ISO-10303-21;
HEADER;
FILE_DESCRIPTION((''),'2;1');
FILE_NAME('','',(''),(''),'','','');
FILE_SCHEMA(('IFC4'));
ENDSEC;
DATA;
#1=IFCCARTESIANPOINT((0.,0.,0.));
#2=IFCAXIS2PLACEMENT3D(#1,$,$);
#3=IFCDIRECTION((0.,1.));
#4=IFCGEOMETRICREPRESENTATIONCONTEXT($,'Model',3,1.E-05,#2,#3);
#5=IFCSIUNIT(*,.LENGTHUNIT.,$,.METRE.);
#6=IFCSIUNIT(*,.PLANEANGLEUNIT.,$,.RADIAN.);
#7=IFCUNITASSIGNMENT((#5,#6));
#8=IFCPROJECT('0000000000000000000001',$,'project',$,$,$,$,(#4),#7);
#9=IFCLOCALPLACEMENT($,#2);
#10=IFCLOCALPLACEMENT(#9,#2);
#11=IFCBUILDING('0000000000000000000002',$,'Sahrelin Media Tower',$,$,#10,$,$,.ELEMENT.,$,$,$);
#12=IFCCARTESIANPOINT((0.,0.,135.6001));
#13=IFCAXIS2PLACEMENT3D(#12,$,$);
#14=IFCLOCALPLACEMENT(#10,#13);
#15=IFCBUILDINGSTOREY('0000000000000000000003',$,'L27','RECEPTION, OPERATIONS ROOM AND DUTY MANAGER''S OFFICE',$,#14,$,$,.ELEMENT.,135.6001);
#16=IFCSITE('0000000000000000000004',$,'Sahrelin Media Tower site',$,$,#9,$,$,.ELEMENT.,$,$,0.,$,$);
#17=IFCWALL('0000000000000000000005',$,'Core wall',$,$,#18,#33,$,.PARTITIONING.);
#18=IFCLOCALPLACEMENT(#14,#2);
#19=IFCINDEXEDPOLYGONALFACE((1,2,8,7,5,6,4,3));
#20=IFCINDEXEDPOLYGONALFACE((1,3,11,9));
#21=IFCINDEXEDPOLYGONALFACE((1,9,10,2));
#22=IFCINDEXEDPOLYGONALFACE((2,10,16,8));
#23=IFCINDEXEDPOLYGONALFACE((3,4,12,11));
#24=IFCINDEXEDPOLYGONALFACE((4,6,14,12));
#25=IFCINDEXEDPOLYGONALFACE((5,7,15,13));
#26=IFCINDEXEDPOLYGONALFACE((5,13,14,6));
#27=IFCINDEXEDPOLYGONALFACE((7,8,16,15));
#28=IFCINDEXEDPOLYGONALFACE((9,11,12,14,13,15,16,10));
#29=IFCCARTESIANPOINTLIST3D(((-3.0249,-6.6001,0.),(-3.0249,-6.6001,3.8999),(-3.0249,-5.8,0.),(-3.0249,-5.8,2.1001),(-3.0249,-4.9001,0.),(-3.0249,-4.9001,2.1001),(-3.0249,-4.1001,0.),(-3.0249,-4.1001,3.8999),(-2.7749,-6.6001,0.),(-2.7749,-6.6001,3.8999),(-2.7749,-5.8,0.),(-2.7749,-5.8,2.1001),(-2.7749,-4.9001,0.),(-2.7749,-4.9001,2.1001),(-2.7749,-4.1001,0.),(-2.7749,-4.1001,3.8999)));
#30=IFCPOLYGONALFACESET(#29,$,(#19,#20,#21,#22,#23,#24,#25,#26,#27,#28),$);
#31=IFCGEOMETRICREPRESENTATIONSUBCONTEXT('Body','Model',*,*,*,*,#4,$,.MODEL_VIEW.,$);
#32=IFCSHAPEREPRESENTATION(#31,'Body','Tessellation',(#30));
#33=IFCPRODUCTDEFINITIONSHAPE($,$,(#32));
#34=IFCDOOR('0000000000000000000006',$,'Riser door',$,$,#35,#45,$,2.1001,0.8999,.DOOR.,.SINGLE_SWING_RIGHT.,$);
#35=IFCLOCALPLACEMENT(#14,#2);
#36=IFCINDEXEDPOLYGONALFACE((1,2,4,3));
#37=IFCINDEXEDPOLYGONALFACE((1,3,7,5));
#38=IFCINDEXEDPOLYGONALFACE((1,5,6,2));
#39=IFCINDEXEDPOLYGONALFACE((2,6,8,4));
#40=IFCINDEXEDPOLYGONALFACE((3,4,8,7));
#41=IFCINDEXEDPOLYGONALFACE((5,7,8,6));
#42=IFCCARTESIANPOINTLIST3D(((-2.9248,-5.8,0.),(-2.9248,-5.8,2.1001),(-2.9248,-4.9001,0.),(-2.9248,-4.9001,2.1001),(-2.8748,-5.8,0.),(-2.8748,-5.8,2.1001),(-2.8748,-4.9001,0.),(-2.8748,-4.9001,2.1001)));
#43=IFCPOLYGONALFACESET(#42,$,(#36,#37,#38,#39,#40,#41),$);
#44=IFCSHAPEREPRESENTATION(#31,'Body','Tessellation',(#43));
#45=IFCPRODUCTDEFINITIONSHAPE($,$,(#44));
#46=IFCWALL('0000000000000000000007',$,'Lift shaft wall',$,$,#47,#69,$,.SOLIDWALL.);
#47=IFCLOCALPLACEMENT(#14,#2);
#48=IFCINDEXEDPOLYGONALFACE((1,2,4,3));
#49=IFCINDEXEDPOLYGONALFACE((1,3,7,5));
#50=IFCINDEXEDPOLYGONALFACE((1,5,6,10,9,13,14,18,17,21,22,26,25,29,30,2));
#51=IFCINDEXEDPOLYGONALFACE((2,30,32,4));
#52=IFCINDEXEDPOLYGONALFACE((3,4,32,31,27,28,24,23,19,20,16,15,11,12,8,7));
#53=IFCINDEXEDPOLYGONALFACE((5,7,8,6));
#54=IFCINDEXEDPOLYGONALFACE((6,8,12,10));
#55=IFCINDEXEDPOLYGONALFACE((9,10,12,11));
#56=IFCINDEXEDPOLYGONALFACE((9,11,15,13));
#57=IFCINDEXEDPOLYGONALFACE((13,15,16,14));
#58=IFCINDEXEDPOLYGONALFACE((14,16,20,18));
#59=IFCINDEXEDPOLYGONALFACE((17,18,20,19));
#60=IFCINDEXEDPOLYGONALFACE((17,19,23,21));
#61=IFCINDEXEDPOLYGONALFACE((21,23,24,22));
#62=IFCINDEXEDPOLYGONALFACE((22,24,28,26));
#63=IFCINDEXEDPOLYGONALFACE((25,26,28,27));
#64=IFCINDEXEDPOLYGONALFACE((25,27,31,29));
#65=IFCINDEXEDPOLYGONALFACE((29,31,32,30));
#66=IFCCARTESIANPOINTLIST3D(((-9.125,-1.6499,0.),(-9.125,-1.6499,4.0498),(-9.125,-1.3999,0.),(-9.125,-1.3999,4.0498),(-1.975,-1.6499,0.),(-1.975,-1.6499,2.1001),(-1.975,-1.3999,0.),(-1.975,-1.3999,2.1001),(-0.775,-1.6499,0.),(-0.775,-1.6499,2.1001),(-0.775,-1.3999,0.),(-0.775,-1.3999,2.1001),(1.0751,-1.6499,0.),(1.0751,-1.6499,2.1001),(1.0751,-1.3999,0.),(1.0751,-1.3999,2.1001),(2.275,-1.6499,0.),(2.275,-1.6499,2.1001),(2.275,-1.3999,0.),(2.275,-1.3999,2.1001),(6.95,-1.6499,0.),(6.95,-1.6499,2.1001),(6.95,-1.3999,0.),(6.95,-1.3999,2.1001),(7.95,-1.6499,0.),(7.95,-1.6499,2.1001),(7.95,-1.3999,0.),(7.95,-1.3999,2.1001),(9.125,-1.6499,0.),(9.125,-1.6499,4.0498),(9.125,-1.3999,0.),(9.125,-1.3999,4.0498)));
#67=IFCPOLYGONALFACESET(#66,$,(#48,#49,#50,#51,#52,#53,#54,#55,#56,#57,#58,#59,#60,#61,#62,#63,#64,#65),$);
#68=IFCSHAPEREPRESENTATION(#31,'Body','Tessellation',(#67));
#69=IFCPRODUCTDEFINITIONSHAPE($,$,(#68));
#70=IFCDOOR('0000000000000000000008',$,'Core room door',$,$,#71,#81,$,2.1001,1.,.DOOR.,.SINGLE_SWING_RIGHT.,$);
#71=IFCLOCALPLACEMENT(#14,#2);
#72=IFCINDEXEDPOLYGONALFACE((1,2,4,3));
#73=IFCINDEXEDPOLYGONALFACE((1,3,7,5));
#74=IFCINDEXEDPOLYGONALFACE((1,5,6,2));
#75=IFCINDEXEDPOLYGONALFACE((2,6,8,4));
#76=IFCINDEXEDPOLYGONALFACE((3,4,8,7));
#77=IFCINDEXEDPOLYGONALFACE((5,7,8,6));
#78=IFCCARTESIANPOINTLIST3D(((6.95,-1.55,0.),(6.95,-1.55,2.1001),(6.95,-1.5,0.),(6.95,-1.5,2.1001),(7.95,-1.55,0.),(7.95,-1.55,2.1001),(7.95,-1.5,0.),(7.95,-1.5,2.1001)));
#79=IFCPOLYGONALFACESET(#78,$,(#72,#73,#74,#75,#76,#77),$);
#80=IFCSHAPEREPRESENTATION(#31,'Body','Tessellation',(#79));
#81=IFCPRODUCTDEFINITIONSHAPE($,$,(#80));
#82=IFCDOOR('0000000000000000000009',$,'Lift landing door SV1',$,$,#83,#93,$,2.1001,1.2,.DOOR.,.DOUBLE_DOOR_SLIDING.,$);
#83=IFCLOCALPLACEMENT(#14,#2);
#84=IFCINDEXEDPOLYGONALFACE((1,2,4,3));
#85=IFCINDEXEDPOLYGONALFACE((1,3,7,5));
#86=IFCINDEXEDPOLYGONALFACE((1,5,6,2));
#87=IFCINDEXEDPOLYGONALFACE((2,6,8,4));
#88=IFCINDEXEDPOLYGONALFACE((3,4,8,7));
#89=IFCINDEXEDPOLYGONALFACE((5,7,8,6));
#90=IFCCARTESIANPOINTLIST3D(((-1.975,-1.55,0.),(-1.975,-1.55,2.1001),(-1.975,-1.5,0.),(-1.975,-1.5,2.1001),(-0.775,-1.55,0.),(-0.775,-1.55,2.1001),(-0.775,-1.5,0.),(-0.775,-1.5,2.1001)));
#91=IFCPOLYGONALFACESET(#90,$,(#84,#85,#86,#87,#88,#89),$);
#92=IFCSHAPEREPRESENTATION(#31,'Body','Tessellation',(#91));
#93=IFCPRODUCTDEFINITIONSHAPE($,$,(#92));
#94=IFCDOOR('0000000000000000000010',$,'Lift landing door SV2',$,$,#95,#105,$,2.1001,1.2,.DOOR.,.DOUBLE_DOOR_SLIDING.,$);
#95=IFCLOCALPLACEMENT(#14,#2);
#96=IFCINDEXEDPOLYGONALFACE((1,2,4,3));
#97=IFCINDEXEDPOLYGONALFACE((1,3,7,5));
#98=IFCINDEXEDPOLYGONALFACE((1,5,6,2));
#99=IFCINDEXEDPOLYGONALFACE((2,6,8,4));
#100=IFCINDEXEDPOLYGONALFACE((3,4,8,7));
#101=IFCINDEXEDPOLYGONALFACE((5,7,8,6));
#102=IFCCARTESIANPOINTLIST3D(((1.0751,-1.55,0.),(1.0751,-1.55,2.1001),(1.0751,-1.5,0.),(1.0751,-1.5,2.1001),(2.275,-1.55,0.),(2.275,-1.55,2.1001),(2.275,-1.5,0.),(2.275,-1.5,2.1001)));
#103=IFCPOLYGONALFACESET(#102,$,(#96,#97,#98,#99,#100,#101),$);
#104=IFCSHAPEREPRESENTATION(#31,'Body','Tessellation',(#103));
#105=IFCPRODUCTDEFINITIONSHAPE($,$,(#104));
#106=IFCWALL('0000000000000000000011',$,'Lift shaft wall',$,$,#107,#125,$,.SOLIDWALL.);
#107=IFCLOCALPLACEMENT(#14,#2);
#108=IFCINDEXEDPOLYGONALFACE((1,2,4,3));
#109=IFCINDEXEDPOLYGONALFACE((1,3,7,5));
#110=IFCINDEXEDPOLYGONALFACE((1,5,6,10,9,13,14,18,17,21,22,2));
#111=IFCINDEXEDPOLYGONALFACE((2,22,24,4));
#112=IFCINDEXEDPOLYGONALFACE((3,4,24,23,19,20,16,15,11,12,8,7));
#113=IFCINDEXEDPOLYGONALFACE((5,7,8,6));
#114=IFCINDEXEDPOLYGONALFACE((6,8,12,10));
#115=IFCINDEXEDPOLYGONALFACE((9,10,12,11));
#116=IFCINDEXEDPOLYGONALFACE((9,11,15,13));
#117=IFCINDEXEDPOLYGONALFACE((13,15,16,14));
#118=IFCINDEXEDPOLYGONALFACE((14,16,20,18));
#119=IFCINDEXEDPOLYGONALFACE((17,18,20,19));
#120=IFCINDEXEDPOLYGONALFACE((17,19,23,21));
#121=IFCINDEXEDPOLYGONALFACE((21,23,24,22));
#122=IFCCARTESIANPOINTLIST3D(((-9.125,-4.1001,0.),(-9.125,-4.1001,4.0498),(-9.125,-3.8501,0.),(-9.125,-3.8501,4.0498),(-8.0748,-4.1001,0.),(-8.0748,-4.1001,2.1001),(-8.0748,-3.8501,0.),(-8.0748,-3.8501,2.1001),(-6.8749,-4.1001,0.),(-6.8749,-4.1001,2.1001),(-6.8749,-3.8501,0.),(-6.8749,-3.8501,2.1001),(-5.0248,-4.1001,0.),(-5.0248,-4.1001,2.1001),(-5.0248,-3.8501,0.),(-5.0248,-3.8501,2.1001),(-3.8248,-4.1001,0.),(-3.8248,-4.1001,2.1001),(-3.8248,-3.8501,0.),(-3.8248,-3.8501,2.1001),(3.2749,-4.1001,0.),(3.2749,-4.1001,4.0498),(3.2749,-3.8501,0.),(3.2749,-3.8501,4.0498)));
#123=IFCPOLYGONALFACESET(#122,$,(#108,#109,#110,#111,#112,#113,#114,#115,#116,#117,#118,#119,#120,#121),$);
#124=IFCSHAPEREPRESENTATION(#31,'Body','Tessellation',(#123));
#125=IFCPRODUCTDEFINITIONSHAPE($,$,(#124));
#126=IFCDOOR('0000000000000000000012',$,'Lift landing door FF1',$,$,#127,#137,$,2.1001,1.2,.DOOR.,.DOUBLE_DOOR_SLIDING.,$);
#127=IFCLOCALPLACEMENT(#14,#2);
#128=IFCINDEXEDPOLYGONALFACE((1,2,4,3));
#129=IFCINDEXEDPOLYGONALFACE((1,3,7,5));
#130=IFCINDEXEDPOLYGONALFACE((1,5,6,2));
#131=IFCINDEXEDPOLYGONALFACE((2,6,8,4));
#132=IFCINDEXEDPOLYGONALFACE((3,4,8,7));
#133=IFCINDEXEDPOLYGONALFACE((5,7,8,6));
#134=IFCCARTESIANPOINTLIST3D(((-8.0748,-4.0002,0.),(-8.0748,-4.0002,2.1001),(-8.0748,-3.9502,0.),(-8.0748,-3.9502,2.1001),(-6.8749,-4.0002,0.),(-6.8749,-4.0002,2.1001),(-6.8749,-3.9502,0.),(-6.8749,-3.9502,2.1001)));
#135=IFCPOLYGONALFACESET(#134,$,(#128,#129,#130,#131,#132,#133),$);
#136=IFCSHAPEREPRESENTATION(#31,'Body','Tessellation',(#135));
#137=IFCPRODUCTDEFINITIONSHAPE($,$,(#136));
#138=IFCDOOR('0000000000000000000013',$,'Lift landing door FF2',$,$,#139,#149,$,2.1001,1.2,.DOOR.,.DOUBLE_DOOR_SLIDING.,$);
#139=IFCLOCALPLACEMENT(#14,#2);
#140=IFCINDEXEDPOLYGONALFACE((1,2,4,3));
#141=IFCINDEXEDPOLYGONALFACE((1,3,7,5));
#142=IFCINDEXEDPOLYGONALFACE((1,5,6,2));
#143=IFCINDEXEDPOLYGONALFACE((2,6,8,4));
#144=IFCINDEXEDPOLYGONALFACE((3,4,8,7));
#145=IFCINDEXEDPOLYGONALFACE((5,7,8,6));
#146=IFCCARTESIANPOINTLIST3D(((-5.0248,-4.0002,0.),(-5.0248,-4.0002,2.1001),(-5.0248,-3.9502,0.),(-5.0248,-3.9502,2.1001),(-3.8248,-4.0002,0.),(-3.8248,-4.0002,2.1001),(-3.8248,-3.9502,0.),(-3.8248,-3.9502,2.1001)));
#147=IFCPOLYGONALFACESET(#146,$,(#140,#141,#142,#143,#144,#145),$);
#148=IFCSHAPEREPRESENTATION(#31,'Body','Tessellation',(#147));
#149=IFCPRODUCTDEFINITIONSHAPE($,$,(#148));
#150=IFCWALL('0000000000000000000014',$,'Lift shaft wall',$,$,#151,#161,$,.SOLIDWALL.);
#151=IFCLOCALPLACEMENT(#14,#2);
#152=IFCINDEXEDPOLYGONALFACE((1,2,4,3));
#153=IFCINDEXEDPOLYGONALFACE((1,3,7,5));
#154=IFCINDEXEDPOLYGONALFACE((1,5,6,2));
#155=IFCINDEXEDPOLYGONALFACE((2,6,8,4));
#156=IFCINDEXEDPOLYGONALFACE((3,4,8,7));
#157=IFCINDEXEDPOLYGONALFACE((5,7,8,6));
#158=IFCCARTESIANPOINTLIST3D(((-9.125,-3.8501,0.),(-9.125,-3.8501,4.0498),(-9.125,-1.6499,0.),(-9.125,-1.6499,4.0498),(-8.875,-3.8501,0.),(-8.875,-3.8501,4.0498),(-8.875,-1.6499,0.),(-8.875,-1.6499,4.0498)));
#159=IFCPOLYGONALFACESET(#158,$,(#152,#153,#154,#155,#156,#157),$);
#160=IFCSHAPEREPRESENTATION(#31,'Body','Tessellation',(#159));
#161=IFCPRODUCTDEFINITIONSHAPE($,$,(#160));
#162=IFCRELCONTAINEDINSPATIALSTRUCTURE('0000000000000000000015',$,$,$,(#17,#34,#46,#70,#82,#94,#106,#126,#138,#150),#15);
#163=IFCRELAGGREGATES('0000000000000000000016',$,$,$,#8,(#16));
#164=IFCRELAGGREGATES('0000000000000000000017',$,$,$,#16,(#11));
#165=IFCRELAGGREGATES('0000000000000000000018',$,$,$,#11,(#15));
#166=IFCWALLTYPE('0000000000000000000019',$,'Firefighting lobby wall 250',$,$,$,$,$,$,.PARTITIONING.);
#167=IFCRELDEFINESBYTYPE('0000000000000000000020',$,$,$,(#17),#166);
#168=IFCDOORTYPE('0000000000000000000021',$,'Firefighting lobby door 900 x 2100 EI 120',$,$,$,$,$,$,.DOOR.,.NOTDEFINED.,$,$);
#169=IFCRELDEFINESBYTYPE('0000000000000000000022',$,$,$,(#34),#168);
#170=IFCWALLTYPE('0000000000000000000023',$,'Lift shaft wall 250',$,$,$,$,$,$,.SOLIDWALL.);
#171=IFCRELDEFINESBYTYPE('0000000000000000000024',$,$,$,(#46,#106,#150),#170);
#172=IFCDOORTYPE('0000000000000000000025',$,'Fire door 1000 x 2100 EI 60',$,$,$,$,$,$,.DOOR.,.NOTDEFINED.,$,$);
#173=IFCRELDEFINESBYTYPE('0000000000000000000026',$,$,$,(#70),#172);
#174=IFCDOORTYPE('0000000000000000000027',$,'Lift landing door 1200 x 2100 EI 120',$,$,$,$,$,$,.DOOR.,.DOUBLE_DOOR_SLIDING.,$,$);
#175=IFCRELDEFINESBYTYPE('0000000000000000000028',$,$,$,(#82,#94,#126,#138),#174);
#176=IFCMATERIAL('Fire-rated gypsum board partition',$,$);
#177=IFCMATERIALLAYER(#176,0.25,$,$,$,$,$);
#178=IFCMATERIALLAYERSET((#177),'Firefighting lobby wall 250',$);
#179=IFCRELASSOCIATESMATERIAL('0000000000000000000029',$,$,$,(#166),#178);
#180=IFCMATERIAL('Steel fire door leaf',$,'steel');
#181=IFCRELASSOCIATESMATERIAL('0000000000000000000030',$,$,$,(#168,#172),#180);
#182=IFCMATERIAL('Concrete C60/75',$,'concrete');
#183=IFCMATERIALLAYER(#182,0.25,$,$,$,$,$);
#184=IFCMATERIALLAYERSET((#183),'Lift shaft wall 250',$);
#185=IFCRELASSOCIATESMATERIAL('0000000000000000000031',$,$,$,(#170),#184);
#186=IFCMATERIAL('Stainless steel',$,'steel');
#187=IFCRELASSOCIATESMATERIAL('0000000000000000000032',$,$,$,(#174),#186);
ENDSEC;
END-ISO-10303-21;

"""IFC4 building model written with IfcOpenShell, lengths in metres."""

from ifc_helpers import new_model, si_unit, direction, frame, frame_2d, origin, place, context, subcontext, project, spatial, rectangle, extrude, material, layer, layer_set, type_object, element, fill, save


model = new_model("IFC4")

# Units and contexts
model_context = context("Model", 3, precision=1e-05, world=origin(), true_north=direction((0.0, 1.0)))
body_context = subcontext(model_context, "Body", "Model", "MODEL_VIEW")
ifc_project = project(units=[si_unit("LENGTHUNIT", "METRE"), si_unit("PLANEANGLEUNIT", "RADIAN")], contexts=[model_context])

# Site, building, storey
site_placement = place(None, origin())
site = spatial("IfcSite", under=ifc_project, at=site_placement, Name="Sahrelin Media Tower site", CompositionType="ELEMENT", RefElevation=0.0)
building_placement = place(site_placement, origin())
building = spatial("IfcBuilding", under=site, at=building_placement, Name="Sahrelin Media Tower", CompositionType="ELEMENT")
storey_placement = place(building_placement, frame((0.0, 0.0, 135.6001)))
storey = spatial("IfcBuildingStorey", under=building, at=storey_placement, Name="L27", Description="RECEPTION, OPERATIONS ROOM AND DUTY MANAGER'S OFFICE", CompositionType="ELEMENT", Elevation=135.6001)

# Shared definitions
ifc_material_1 = material(Name="Concrete C60/75", Category="concrete")

# Wall, opening, door
ifc_material_2 = material(Name="Fire-rated gypsum board partition")
ifc_layer_1 = layer(ifc_material_2, 0.25)
ifc_layer_set_1 = layer_set([ifc_layer_1], Name="Firefighting lobby wall 250")
wall_type_1 = type_object("IfcWallType", Name="Firefighting lobby wall 250", PredefinedType="PARTITIONING", material=ifc_layer_set_1)
ifc_material_3 = material(Name="Steel fire door leaf", Category="steel")
wall_1_placement = place(storey_placement, frame((-2.8999, -6.6001, 0.0), z_axis=(0.0, 0.0, 1.0), x_axis=(0.0, 1.0, 0.0)))
wall_1 = element("IfcWall", 1, at=wall_1_placement, inside=storey, type_object=wall_type_1, Name="Core wall", PredefinedType="PARTITIONING", context=body_context, shape_type="SweptSolid", body=[
    extrude(rectangle(XDim=2.5, YDim=0.25, at=frame_2d((1.25, 0.0))), origin(), (0.0, 0.0, 1.0), 3.8999),
])
opening_1_placement = place(wall_1_placement, frame((0.8, 0.0, 0.0)))
opening_1 = element("IfcOpeningElement", 2, at=opening_1_placement, cuts=wall_1, PredefinedType="OPENING", context=body_context, shape_type="SweptSolid", body=[
    extrude(rectangle(XDim=0.8999, YDim=2.1001, at=frame_2d((0.45, 1.05))), frame((0.0, 0.125, 0.0), z_axis=(0.0, -1.0, 0.0), x_axis=(1.0, 0.0, 0.0)), (0.0, 0.0, 1.0), 0.25),
])
door_type_1 = type_object("IfcDoorType", Name="Firefighting lobby door 900 x 2100 EI 120", OperationType="NOTDEFINED", PredefinedType="DOOR", material=ifc_material_3)
door_1_placement = place(opening_1_placement, origin())
door_1 = element("IfcDoor", 3, at=door_1_placement, inside=storey, type_object=door_type_1, Name="Riser door", OperationType="SINGLE_SWING_RIGHT", OverallHeight=2.1001, OverallWidth=0.8999, PredefinedType="DOOR", context=body_context, shape_type="SweptSolid", body=[
    extrude(rectangle(XDim=0.8999, YDim=2.1001, at=frame_2d((0.45, 1.05))), frame((0.0, 0.0249, 0.0), z_axis=(0.0, -1.0, 0.0), x_axis=(1.0, 0.0, 0.0)), (0.0, 0.0, 1.0), 0.05),
])
fill(opening_1, door_1)

# Walls, openings, doors
ifc_layer_2 = layer(ifc_material_1, 0.25)
ifc_layer_set_2 = layer_set([ifc_layer_2], Name="Lift shaft wall 250")
wall_type_2 = type_object("IfcWallType", Name="Lift shaft wall 250", PredefinedType="SOLIDWALL", material=ifc_layer_set_2)
wall_2_placement = place(storey_placement, frame((-9.125, -1.5249, 0.0), z_axis=(0.0, 0.0, 1.0), x_axis=(1.0, 0.0, 0.0)))
wall_2 = element("IfcWall", 4, at=wall_2_placement, inside=storey, type_object=wall_type_2, Name="Lift shaft wall", PredefinedType="SOLIDWALL", context=body_context, shape_type="SweptSolid", body=[
    extrude(rectangle(XDim=18.25, YDim=0.25, at=frame_2d((9.125, 0.0))), origin(), (0.0, 0.0, 1.0), 4.0498),
])
opening_2_placement = place(wall_2_placement, frame((7.1499, 0.0, 0.0)))
opening_2 = element("IfcOpeningElement", 5, at=opening_2_placement, cuts=wall_2, PredefinedType="OPENING", context=body_context, shape_type="SweptSolid", body=[
    extrude(rectangle(XDim=1.2, YDim=2.1001, at=frame_2d((0.6001, 1.05))), frame((0.0, 0.125, 0.0), z_axis=(0.0, -1.0, 0.0), x_axis=(1.0, 0.0, 0.0)), (0.0, 0.0, 1.0), 0.25),
])
opening_3_placement = place(wall_2_placement, frame((10.2, 0.0, 0.0)))
opening_3 = element("IfcOpeningElement", 6, at=opening_3_placement, cuts=wall_2, PredefinedType="OPENING", context=body_context, shape_type="SweptSolid", body=[
    extrude(rectangle(XDim=1.2, YDim=2.1001, at=frame_2d((0.6001, 1.05))), frame((0.0, 0.125, 0.0), z_axis=(0.0, -1.0, 0.0), x_axis=(1.0, 0.0, 0.0)), (0.0, 0.0, 1.0), 0.25),
])
opening_4_placement = place(wall_2_placement, frame((16.075, 0.0, 0.0)))
opening_4 = element("IfcOpeningElement", 7, at=opening_4_placement, cuts=wall_2, PredefinedType="OPENING", context=body_context, shape_type="SweptSolid", body=[
    extrude(rectangle(XDim=1.0, YDim=2.1001, at=frame_2d((0.5, 1.05))), frame((0.0, 0.125, 0.0), z_axis=(0.0, -1.0, 0.0), x_axis=(1.0, 0.0, 0.0)), (0.0, 0.0, 1.0), 0.25),
])
door_type_2 = type_object("IfcDoorType", Name="Fire door 1000 x 2100 EI 60", OperationType="NOTDEFINED", PredefinedType="DOOR", material=ifc_material_3)
door_2_placement = place(opening_4_placement, origin())
door_2 = element("IfcDoor", 8, at=door_2_placement, inside=storey, type_object=door_type_2, Name="Core room door", OperationType="SINGLE_SWING_RIGHT", OverallHeight=2.1001, OverallWidth=1.0, PredefinedType="DOOR", context=body_context, shape_type="SweptSolid", body=[
    extrude(rectangle(XDim=1.0, YDim=2.1001, at=frame_2d((0.5, 1.05))), frame((0.0, 0.0249, 0.0), z_axis=(0.0, -1.0, 0.0), x_axis=(1.0, 0.0, 0.0)), (0.0, 0.0, 1.0), 0.05),
])
fill(opening_4, door_2)
ifc_material_4 = material(Name="Stainless steel", Category="steel")
door_type_3 = type_object("IfcDoorType", Name="Lift landing door 1200 x 2100 EI 120", OperationType="DOUBLE_DOOR_SLIDING", PredefinedType="DOOR", material=ifc_material_4)
door_3_placement = place(opening_2_placement, origin())
door_3 = element("IfcDoor", 9, at=door_3_placement, inside=storey, type_object=door_type_3, Name="Lift landing door SV1", OperationType="DOUBLE_DOOR_SLIDING", OverallHeight=2.1001, OverallWidth=1.2, PredefinedType="DOOR", context=body_context, shape_type="SweptSolid", body=[
    extrude(rectangle(XDim=1.2, YDim=2.1001, at=frame_2d((0.6001, 1.05))), frame((0.0, 0.0249, 0.0), z_axis=(0.0, -1.0, 0.0), x_axis=(1.0, 0.0, 0.0)), (0.0, 0.0, 1.0), 0.05),
])
fill(opening_2, door_3)
door_4_placement = place(opening_3_placement, origin())
door_4 = element("IfcDoor", 10, at=door_4_placement, inside=storey, type_object=door_type_3, Name="Lift landing door SV2", OperationType="DOUBLE_DOOR_SLIDING", OverallHeight=2.1001, OverallWidth=1.2, PredefinedType="DOOR", context=body_context, shape_type="SweptSolid", body=[
    extrude(rectangle(XDim=1.2, YDim=2.1001, at=frame_2d((0.6001, 1.05))), frame((0.0, 0.0249, 0.0), z_axis=(0.0, -1.0, 0.0), x_axis=(1.0, 0.0, 0.0)), (0.0, 0.0, 1.0), 0.05),
])
fill(opening_3, door_4)
wall_3_placement = place(storey_placement, frame((-9.125, -3.9751, 0.0), z_axis=(0.0, 0.0, 1.0), x_axis=(1.0, 0.0, 0.0)))
wall_3 = element("IfcWall", 11, at=wall_3_placement, inside=storey, type_object=wall_type_2, Name="Lift shaft wall", PredefinedType="SOLIDWALL", context=body_context, shape_type="SweptSolid", body=[
    extrude(rectangle(XDim=12.3999, YDim=0.25, at=frame_2d((6.2, 0.0))), origin(), (0.0, 0.0, 1.0), 4.0498),
])
opening_5_placement = place(wall_3_placement, frame((1.05, 0.0, 0.0)))
opening_5 = element("IfcOpeningElement", 12, at=opening_5_placement, cuts=wall_3, PredefinedType="OPENING", context=body_context, shape_type="SweptSolid", body=[
    extrude(rectangle(XDim=1.2, YDim=2.1001, at=frame_2d((0.6001, 1.05))), frame((0.0, 0.125, 0.0), z_axis=(0.0, -1.0, 0.0), x_axis=(1.0, 0.0, 0.0)), (0.0, 0.0, 1.0), 0.25),
])
opening_6_placement = place(wall_3_placement, frame((4.1001, 0.0, 0.0)))
opening_6 = element("IfcOpeningElement", 13, at=opening_6_placement, cuts=wall_3, PredefinedType="OPENING", context=body_context, shape_type="SweptSolid", body=[
    extrude(rectangle(XDim=1.2, YDim=2.1001, at=frame_2d((0.6001, 1.05))), frame((0.0, 0.125, 0.0), z_axis=(0.0, -1.0, 0.0), x_axis=(1.0, 0.0, 0.0)), (0.0, 0.0, 1.0), 0.25),
])
door_5_placement = place(opening_5_placement, origin())
door_5 = element("IfcDoor", 14, at=door_5_placement, inside=storey, type_object=door_type_3, Name="Lift landing door FF1", OperationType="DOUBLE_DOOR_SLIDING", OverallHeight=2.1001, OverallWidth=1.2, PredefinedType="DOOR", context=body_context, shape_type="SweptSolid", body=[
    extrude(rectangle(XDim=1.2, YDim=2.1001, at=frame_2d((0.6001, 1.05))), frame((0.0, 0.0249, 0.0), z_axis=(0.0, -1.0, 0.0), x_axis=(1.0, 0.0, 0.0)), (0.0, 0.0, 1.0), 0.05),
])
fill(opening_5, door_5)
door_6_placement = place(opening_6_placement, origin())
door_6 = element("IfcDoor", 15, at=door_6_placement, inside=storey, type_object=door_type_3, Name="Lift landing door FF2", OperationType="DOUBLE_DOOR_SLIDING", OverallHeight=2.1001, OverallWidth=1.2, PredefinedType="DOOR", context=body_context, shape_type="SweptSolid", body=[
    extrude(rectangle(XDim=1.2, YDim=2.1001, at=frame_2d((0.6001, 1.05))), frame((0.0, 0.0249, 0.0), z_axis=(0.0, -1.0, 0.0), x_axis=(1.0, 0.0, 0.0)), (0.0, 0.0, 1.0), 0.05),
])
fill(opening_6, door_6)

# Wall
for number, where, z_axis, x_axis, name in (
    (16, (-9.0, -3.8501, 0.0), (0.0, 0.0, 1.0), (0.0, 1.0, 0.0), "Lift shaft wall"),
):
    element("IfcWall", number, at=place(storey_placement, frame(where, z_axis=z_axis, x_axis=x_axis)), inside=storey, type_object=wall_type_2, Name=name, PredefinedType="SOLIDWALL", context=body_context, shape_type="SweptSolid", body=[
        extrude(rectangle(XDim=2.2002, YDim=0.25, at=frame_2d((1.1001, 0.0))), origin(), (0.0, 0.0, 1.0), 4.0498),
    ])

save(model, "model.ifc")
